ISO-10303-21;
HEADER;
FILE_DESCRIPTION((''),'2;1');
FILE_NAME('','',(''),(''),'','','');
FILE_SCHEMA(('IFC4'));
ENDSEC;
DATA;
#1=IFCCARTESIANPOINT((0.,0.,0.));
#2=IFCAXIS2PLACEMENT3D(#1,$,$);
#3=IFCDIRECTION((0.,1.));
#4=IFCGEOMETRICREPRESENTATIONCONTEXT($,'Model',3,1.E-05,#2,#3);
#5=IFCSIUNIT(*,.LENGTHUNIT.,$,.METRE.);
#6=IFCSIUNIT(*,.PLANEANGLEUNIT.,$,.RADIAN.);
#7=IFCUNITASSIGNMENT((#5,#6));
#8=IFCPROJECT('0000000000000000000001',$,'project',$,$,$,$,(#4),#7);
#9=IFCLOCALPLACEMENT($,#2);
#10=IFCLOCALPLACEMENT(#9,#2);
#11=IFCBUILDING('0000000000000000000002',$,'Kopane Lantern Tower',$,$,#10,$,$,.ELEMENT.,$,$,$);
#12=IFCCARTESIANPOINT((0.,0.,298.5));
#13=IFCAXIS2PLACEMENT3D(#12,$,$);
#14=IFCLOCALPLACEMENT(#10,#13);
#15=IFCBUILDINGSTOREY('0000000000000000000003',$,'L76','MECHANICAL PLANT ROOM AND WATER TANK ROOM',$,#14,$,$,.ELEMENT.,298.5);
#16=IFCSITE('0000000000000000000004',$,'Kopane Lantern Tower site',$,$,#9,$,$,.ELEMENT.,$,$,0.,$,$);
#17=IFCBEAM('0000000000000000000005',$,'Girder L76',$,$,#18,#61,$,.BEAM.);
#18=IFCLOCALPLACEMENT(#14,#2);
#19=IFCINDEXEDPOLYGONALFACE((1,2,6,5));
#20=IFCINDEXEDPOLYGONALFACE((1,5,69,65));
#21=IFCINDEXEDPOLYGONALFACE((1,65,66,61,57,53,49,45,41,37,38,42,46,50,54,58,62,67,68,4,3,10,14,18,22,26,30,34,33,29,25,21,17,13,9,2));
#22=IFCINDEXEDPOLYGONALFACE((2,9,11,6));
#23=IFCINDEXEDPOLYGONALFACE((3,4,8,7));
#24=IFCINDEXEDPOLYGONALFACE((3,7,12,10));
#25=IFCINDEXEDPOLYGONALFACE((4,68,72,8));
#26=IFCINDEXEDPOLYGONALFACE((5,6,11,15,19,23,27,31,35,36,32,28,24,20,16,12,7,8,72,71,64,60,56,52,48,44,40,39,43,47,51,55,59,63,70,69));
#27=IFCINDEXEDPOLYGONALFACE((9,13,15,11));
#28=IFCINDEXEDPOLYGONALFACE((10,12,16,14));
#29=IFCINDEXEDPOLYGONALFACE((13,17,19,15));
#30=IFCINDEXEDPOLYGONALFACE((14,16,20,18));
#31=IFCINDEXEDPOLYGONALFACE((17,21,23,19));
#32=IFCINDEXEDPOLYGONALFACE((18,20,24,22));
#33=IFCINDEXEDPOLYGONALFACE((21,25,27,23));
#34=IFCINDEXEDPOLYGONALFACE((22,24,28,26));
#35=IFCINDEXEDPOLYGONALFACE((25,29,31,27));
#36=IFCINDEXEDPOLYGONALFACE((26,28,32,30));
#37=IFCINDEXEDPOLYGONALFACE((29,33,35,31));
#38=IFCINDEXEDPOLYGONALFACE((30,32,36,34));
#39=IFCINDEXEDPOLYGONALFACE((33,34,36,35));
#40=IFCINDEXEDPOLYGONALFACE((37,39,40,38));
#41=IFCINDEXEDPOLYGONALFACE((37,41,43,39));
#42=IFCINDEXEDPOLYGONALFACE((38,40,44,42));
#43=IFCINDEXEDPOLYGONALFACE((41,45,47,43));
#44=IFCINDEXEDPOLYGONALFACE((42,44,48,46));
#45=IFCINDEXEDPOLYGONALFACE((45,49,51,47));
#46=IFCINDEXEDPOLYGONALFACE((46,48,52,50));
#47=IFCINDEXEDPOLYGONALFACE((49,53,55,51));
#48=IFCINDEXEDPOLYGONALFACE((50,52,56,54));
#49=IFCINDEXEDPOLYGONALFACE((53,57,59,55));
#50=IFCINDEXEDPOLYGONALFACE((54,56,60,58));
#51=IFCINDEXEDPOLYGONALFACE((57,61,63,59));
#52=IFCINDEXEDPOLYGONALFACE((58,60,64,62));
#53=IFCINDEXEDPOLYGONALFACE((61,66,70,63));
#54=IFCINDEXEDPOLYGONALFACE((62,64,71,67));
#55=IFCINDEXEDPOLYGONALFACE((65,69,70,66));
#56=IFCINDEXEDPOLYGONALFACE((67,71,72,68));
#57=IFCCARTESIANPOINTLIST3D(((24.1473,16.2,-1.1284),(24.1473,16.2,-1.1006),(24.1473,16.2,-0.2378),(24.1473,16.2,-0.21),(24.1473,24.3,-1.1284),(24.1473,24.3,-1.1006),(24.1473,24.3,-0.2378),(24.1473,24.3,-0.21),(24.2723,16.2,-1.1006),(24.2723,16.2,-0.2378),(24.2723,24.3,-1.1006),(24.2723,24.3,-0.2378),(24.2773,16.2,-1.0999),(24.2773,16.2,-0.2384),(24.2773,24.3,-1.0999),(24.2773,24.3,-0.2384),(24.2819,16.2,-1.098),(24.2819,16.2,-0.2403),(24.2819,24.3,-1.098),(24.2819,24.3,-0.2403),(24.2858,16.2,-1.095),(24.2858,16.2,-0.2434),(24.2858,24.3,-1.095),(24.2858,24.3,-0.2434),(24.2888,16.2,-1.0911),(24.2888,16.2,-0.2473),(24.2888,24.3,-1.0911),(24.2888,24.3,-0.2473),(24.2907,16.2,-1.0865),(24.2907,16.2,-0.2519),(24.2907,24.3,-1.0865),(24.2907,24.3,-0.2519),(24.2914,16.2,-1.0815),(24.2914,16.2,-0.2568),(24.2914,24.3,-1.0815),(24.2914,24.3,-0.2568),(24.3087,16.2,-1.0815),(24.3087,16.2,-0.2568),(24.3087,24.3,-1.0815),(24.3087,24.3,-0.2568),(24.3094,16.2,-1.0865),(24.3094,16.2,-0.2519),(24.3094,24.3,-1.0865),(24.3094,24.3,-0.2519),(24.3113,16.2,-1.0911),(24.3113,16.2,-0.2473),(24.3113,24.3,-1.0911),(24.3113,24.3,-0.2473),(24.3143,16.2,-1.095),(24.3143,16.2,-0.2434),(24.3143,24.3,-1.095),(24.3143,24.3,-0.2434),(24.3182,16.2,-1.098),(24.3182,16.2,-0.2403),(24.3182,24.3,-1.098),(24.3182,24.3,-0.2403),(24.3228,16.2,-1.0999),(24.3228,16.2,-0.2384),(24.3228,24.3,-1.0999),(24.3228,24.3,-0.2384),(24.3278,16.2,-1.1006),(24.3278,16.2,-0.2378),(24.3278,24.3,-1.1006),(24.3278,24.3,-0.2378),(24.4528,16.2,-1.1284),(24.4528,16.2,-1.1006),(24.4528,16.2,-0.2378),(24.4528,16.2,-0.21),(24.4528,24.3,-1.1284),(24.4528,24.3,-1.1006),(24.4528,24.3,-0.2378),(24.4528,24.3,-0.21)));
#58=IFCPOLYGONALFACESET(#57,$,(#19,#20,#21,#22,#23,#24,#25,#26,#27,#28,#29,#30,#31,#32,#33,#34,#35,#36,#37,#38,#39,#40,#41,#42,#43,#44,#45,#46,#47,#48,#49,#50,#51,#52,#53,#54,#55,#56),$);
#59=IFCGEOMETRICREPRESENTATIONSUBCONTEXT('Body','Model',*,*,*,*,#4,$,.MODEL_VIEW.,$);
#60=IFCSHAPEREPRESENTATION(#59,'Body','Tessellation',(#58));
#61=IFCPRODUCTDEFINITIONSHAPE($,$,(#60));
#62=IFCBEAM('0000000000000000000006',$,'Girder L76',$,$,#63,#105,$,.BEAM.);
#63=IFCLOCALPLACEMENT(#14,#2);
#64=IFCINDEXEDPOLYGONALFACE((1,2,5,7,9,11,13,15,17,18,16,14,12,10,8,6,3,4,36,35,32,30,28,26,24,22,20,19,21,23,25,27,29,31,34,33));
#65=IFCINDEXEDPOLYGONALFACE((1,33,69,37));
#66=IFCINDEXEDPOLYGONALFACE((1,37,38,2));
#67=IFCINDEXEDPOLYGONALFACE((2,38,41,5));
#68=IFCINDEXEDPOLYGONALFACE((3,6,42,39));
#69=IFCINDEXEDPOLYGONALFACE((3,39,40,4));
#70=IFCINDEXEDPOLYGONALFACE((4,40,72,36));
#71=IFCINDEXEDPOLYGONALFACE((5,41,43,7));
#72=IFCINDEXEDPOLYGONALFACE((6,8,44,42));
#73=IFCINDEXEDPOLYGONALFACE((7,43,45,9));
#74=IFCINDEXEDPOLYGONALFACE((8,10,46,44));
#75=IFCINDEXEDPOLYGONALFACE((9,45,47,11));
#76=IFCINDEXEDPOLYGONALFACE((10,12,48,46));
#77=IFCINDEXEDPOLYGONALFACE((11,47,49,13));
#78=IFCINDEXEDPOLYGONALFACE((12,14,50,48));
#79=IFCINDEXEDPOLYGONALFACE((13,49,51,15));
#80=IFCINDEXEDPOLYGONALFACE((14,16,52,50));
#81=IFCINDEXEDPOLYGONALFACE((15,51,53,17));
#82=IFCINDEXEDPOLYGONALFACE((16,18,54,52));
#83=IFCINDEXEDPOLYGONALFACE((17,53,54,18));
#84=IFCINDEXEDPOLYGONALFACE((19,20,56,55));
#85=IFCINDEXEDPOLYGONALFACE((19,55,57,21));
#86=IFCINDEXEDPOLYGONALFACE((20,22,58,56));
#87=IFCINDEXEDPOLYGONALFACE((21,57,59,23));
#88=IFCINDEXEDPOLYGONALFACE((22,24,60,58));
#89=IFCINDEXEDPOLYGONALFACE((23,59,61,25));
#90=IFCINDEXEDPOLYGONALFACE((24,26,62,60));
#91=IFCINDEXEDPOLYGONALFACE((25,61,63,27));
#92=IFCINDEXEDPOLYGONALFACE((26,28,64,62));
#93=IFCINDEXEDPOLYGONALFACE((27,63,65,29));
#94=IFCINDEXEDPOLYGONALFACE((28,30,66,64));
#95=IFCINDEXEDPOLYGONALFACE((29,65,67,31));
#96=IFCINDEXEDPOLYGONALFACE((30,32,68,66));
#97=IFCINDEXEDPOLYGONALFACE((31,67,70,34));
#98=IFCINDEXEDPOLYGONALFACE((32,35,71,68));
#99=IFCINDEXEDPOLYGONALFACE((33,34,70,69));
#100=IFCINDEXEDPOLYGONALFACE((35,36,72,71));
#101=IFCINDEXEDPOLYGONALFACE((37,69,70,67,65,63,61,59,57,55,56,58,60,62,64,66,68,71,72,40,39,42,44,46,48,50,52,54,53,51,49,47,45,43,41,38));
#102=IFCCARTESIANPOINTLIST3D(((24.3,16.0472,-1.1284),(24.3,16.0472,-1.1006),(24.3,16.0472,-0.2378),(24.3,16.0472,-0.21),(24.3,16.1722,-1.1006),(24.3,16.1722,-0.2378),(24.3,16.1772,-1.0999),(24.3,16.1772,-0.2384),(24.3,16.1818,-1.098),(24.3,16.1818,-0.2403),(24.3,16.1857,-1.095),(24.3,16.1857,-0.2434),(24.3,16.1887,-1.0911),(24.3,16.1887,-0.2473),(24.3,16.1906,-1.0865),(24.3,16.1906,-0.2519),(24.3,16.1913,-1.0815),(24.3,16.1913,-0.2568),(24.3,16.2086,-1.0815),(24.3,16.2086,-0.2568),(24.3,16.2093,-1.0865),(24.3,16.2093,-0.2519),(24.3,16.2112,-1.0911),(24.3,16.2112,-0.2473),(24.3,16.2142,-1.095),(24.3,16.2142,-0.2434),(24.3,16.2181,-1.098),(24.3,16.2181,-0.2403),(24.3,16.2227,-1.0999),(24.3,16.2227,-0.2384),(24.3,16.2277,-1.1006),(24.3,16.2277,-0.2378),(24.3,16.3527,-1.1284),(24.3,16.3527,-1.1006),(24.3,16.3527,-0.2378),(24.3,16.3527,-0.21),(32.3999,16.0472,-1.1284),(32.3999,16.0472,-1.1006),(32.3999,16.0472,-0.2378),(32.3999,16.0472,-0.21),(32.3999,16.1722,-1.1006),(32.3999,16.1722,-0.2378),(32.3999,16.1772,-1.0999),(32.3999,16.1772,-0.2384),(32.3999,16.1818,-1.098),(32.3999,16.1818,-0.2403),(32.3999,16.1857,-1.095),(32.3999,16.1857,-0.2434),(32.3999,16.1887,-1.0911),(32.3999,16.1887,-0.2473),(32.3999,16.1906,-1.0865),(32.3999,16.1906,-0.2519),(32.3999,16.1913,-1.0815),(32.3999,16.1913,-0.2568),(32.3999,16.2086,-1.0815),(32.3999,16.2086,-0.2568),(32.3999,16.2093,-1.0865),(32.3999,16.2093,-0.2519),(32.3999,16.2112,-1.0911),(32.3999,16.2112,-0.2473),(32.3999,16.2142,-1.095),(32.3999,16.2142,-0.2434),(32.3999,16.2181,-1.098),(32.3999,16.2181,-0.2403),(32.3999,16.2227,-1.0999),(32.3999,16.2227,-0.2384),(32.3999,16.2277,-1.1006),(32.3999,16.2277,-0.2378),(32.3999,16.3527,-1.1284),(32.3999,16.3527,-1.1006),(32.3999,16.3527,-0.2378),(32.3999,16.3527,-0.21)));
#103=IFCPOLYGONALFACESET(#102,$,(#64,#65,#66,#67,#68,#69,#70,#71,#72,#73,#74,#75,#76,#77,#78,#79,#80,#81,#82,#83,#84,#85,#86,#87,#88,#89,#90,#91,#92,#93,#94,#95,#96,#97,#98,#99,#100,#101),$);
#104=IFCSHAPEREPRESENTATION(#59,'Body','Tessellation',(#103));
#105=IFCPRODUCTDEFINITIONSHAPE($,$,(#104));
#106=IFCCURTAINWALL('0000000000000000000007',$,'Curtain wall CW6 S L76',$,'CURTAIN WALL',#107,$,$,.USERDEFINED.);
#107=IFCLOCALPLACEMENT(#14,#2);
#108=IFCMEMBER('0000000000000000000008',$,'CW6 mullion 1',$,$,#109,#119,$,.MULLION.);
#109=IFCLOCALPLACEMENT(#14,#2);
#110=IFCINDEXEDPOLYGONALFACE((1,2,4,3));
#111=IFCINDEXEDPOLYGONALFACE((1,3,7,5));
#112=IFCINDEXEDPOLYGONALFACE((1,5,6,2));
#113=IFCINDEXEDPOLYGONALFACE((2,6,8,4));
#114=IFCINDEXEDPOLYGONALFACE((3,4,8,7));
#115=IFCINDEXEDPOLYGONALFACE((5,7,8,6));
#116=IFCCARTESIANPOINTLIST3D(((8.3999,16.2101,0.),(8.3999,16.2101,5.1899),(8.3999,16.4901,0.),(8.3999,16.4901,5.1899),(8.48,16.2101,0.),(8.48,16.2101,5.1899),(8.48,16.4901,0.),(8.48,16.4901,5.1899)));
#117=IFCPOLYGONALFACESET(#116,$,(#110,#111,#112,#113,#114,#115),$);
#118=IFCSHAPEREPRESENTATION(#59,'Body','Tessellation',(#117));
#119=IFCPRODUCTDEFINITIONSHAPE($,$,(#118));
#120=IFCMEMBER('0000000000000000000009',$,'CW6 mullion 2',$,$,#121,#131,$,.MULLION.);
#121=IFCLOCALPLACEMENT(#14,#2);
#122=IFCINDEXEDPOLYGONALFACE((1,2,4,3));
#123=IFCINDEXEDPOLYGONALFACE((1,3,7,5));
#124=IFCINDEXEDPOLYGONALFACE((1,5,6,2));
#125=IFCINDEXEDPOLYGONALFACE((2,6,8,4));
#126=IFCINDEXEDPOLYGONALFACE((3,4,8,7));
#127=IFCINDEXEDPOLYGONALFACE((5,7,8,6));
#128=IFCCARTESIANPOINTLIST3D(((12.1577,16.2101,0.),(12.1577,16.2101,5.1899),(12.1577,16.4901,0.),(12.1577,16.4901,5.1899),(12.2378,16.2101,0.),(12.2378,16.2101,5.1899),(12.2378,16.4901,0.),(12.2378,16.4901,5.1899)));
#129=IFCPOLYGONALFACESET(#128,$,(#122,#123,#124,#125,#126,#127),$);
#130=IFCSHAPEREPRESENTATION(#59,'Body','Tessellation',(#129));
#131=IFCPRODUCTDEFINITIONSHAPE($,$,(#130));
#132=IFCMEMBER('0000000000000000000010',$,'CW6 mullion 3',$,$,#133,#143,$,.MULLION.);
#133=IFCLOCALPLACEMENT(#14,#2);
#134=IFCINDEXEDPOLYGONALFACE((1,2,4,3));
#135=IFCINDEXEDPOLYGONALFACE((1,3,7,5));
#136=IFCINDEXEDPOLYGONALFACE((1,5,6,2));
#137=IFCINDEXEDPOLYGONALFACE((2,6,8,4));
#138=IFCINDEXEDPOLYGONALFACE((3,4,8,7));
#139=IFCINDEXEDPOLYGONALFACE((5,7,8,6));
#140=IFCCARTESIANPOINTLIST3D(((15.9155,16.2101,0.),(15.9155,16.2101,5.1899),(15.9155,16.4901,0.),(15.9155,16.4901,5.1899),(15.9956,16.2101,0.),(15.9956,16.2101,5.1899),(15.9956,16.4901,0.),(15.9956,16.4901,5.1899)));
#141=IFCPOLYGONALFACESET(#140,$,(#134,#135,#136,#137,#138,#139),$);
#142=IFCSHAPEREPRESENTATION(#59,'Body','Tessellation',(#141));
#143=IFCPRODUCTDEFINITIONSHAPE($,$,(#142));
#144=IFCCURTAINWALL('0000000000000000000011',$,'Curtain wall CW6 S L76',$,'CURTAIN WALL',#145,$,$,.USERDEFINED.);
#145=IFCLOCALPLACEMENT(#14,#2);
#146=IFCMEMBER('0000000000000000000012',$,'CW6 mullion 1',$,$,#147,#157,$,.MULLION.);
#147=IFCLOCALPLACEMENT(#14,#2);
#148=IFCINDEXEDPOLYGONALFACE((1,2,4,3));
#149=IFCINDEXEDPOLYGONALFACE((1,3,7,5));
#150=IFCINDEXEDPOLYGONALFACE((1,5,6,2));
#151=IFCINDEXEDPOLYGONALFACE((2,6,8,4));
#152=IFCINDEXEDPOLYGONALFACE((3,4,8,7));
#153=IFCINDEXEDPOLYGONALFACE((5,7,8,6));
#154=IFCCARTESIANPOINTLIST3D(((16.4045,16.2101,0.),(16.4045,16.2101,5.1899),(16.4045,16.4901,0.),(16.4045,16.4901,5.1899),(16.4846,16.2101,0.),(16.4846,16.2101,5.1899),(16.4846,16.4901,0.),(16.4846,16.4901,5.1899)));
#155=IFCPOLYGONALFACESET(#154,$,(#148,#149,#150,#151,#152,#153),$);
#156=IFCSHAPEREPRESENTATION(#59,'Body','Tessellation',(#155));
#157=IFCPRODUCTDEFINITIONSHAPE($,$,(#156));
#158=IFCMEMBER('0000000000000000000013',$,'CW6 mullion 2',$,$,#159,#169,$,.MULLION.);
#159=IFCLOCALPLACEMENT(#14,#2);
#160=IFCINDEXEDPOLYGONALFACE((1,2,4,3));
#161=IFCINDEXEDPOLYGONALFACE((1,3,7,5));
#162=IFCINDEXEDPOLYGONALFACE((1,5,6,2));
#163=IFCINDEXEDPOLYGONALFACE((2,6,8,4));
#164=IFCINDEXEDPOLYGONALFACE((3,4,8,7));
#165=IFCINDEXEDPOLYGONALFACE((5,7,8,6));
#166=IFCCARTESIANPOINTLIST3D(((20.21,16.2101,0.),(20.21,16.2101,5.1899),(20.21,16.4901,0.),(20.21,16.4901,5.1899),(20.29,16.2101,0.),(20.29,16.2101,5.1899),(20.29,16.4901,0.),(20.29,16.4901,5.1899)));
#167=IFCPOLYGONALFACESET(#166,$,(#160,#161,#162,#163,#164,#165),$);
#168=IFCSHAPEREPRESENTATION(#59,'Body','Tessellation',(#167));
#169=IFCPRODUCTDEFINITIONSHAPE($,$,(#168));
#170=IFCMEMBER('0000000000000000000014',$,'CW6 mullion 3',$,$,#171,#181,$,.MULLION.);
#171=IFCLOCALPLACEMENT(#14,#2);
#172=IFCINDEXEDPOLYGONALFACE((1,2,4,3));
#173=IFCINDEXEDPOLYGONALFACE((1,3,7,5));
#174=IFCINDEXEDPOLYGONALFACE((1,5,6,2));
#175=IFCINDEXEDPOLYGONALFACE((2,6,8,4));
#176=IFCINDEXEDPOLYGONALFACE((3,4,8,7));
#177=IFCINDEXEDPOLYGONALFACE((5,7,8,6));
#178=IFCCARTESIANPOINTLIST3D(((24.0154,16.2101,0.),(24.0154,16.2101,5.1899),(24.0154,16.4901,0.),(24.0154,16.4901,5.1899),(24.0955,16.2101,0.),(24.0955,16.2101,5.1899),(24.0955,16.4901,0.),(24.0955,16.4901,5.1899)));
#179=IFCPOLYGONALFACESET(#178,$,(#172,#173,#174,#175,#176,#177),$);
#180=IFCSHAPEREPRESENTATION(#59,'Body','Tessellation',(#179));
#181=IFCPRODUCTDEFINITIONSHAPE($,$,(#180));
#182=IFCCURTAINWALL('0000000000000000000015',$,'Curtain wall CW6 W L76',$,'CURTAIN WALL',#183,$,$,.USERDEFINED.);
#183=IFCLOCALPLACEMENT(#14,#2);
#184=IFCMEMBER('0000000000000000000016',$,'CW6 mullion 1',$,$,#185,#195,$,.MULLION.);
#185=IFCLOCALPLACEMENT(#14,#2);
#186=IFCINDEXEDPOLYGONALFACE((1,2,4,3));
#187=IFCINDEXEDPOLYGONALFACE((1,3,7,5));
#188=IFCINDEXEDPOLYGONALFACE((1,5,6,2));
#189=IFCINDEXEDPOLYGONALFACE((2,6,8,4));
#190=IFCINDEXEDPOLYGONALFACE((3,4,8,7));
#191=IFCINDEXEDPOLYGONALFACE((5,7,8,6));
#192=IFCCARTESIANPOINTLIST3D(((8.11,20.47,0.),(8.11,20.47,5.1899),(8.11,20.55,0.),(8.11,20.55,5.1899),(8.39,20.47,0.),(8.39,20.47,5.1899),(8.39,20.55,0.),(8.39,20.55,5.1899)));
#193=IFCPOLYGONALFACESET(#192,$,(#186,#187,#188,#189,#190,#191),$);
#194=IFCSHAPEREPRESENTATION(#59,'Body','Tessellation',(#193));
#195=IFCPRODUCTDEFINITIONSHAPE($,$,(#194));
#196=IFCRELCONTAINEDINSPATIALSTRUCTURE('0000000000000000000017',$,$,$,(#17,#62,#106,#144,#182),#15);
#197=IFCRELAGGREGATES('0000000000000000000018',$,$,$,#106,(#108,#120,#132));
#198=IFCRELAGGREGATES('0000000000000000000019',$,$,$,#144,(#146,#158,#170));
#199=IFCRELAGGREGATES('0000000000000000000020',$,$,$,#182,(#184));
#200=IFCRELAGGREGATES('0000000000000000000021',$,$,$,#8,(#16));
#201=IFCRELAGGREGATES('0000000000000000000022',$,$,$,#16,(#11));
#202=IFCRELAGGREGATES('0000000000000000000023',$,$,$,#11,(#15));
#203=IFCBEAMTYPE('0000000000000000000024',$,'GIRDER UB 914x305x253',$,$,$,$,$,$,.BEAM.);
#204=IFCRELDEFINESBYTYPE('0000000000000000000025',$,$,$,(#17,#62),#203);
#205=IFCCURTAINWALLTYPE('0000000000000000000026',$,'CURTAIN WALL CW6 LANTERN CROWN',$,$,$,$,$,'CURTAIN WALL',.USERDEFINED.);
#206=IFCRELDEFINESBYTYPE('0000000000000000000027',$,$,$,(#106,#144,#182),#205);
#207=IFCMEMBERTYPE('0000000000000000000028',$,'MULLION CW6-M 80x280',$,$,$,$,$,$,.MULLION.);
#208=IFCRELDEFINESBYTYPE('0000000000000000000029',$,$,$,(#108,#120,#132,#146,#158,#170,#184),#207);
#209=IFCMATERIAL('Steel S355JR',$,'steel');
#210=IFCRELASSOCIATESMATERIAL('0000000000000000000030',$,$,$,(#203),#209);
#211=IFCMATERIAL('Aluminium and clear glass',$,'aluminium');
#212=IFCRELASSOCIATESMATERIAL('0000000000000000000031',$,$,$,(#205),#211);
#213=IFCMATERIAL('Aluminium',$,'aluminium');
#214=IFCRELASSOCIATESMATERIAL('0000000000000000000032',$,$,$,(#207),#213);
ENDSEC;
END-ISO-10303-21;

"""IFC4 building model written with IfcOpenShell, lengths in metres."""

from ifc_helpers import new_model, si_unit, direction, frame, origin, origin_2d, place, context, subcontext, project, spatial, rectangle, i_section, extrude, material, material_profile, profile_set, type_object, element, aggregate, save


model = new_model("IFC4")

# Units and contexts
model_context = context("Model", 3, precision=1e-05, world=origin(), true_north=direction((0.0, 1.0)))
body_context = subcontext(model_context, "Body", "Model", "MODEL_VIEW")
ifc_project = project(units=[si_unit("LENGTHUNIT", "METRE"), si_unit("PLANEANGLEUNIT", "RADIAN")], contexts=[model_context])

# Site, building, storey
site_placement = place(None, origin())
site = spatial("IfcSite", under=ifc_project, at=site_placement, Name="Kopane Lantern Tower site", CompositionType="ELEMENT", RefElevation=0.0)
building_placement = place(site_placement, origin())
building = spatial("IfcBuilding", under=site, at=building_placement, Name="Kopane Lantern Tower", CompositionType="ELEMENT")
storey_placement = place(building_placement, frame((0.0, 0.0, 298.5)))
storey = spatial("IfcBuildingStorey", under=building, at=storey_placement, Name="L76", Description="MECHANICAL PLANT ROOM AND WATER TANK ROOM", CompositionType="ELEMENT", Elevation=298.5)

# Beams
ifc_material_1 = material(Name="Steel S355JR", Category="steel")
ifc_material_profile_1 = material_profile(ifc_material_1, i_section(OverallWidth=0.3054, OverallDepth=0.9185, WebThickness=0.0173, FlangeThickness=0.0278, FilletRadius=0.019, at=origin_2d()), Name="UB 914x305x253")
ifc_profile_set_1 = profile_set([ifc_material_profile_1], Name="Steel S355JR")
beam_type = type_object("IfcBeamType", Name="GIRDER UB 914x305x253", PredefinedType="BEAM", material=ifc_profile_set_1)
for number, where, z_axis, x_axis, name in (
    (1, (24.3, 16.2, -0.6692), (0.0, 1.0, 0.0), (-1.0, 0.0, 0.0), "Girder L76"),
):
    element("IfcBeam", number, at=place(storey_placement, frame(where, z_axis=z_axis, x_axis=x_axis)), inside=storey, type_object=beam_type, Name=name, PredefinedType="BEAM", context=body_context, shape_type="SweptSolid", body=[
        extrude(i_section(OverallWidth=0.3054, OverallDepth=0.9185, WebThickness=0.0173, FlangeThickness=0.0278, FilletRadius=0.019, at=origin_2d()), origin(), (0.0, 0.0, 1.0), 8.1001),
    ])
beam_placement = place(storey_placement, frame((24.3, 16.2, -0.6692), z_axis=(1.0, 0.0, 0.0), x_axis=(0.0, 1.0, 0.0)))
element("IfcBeam", 2, at=beam_placement, inside=storey, type_object=beam_type, Name="Girder L76", PredefinedType="BEAM", context=body_context, shape_type="SweptSolid", body=[
    extrude(i_section(OverallWidth=0.3054, OverallDepth=0.9185, WebThickness=0.0173, FlangeThickness=0.0278, FilletRadius=0.019, at=origin_2d()), origin(), (0.0, 0.0, 1.0), 8.0999),
])

# Curtain walls, members
ifc_material_2 = material(Name="Aluminium and clear glass", Category="aluminium")
curtain_wall_type = type_object("IfcCurtainWallType", Name="CURTAIN WALL CW6 LANTERN CROWN", ElementType="CURTAIN WALL", PredefinedType="USERDEFINED", material=ifc_material_2)
curtain_wall_1_placement = place(storey_placement, origin())
curtain_wall_1 = element("IfcCurtainWall", 3, at=curtain_wall_1_placement, inside=storey, type_object=curtain_wall_type, Name="Curtain wall CW6 S L76", ObjectType="CURTAIN WALL", PredefinedType="USERDEFINED")
ifc_material_3 = material(Name="Aluminium", Category="aluminium")
ifc_material_profile_2 = material_profile(ifc_material_3, rectangle(XDim=0.0801, YDim=0.28, at=origin_2d()), Name="AL 80x280")
ifc_profile_set_2 = profile_set([ifc_material_profile_2], Name="Aluminium")
member_type_1 = type_object("IfcMemberType", Name="MULLION CW6-M 80x280", PredefinedType="MULLION", material=ifc_profile_set_2)
member_1_placement = place(storey_placement, frame((8.4399, 16.3501, 0.0), z_axis=(0.0, 0.0, 1.0), x_axis=(1.0, 0.0, 0.0)))
member_1 = element("IfcMember", 4, at=member_1_placement, type_object=member_type_1, Name="CW6 mullion 1", PredefinedType="MULLION", context=body_context, shape_type="SweptSolid", body=[
    extrude(rectangle(XDim=0.0801, YDim=0.28, at=origin_2d()), origin(), (0.0, 0.0, 1.0), 5.1899),
])
member_2_placement = place(storey_placement, frame((12.1978, 16.3501, 0.0), z_axis=(0.0, 0.0, 1.0), x_axis=(1.0, 0.0, 0.0)))
member_2 = element("IfcMember", 5, at=member_2_placement, type_object=member_type_1, Name="CW6 mullion 2", PredefinedType="MULLION", context=body_context, shape_type="SweptSolid", body=[
    extrude(rectangle(XDim=0.0801, YDim=0.28, at=origin_2d()), origin(), (0.0, 0.0, 1.0), 5.1899),
])
member_3_placement = place(storey_placement, frame((15.9556, 16.3501, 0.0), z_axis=(0.0, 0.0, 1.0), x_axis=(1.0, 0.0, 0.0)))
member_3 = element("IfcMember", 6, at=member_3_placement, type_object=member_type_1, Name="CW6 mullion 3", PredefinedType="MULLION", context=body_context, shape_type="SweptSolid", body=[
    extrude(rectangle(XDim=0.0801, YDim=0.28, at=origin_2d()), origin(), (0.0, 0.0, 1.0), 5.1899),
])
curtain_wall_2_placement = place(storey_placement, origin())
curtain_wall_2 = element("IfcCurtainWall", 7, at=curtain_wall_2_placement, inside=storey, type_object=curtain_wall_type, Name="Curtain wall CW6 S L76", ObjectType="CURTAIN WALL", PredefinedType="USERDEFINED")
member_4_placement = place(storey_placement, frame((16.4446, 16.3501, 0.0), z_axis=(0.0, 0.0, 1.0), x_axis=(1.0, 0.0, 0.0)))
member_4 = element("IfcMember", 8, at=member_4_placement, type_object=member_type_1, Name="CW6 mullion 1", PredefinedType="MULLION", context=body_context, shape_type="SweptSolid", body=[
    extrude(rectangle(XDim=0.0801, YDim=0.28, at=origin_2d()), origin(), (0.0, 0.0, 1.0), 5.1899),
])
member_5_placement = place(storey_placement, frame((20.25, 16.3501, 0.0), z_axis=(0.0, 0.0, 1.0), x_axis=(1.0, 0.0, 0.0)))
member_5 = element("IfcMember", 9, at=member_5_placement, type_object=member_type_1, Name="CW6 mullion 2", PredefinedType="MULLION", context=body_context, shape_type="SweptSolid", body=[
    extrude(rectangle(XDim=0.0801, YDim=0.28, at=origin_2d()), origin(), (0.0, 0.0, 1.0), 5.1899),
])
member_6_placement = place(storey_placement, frame((24.0554, 16.3501, 0.0), z_axis=(0.0, 0.0, 1.0), x_axis=(1.0, 0.0, 0.0)))
member_6 = element("IfcMember", 10, at=member_6_placement, type_object=member_type_1, Name="CW6 mullion 3", PredefinedType="MULLION", context=body_context, shape_type="SweptSolid", body=[
    extrude(rectangle(XDim=0.0801, YDim=0.28, at=origin_2d()), origin(), (0.0, 0.0, 1.0), 5.1899),
])

# Curtain wall, member
curtain_wall_3_placement = place(storey_placement, origin())
curtain_wall_3 = element("IfcCurtainWall", 11, at=curtain_wall_3_placement, inside=storey, type_object=curtain_wall_type, Name="Curtain wall CW6 W L76", ObjectType="CURTAIN WALL", PredefinedType="USERDEFINED")
member_7_placement = place(storey_placement, frame((8.25, 20.51, 0.0), z_axis=(0.0, 0.0, 1.0), x_axis=(0.0, -1.0, 0.0)))
member_7 = element("IfcMember", 12, at=member_7_placement, type_object=member_type_1, Name="CW6 mullion 1", PredefinedType="MULLION", context=body_context, shape_type="SweptSolid", body=[
    extrude(rectangle(XDim=0.0801, YDim=0.28, at=origin_2d()), origin(), (0.0, 0.0, 1.0), 5.1899),
])

aggregate(curtain_wall_1, [member_1, member_2, member_3])
aggregate(curtain_wall_2, [member_4, member_5, member_6])
aggregate(curtain_wall_3, [member_7])

save(model, "model.ifc")
